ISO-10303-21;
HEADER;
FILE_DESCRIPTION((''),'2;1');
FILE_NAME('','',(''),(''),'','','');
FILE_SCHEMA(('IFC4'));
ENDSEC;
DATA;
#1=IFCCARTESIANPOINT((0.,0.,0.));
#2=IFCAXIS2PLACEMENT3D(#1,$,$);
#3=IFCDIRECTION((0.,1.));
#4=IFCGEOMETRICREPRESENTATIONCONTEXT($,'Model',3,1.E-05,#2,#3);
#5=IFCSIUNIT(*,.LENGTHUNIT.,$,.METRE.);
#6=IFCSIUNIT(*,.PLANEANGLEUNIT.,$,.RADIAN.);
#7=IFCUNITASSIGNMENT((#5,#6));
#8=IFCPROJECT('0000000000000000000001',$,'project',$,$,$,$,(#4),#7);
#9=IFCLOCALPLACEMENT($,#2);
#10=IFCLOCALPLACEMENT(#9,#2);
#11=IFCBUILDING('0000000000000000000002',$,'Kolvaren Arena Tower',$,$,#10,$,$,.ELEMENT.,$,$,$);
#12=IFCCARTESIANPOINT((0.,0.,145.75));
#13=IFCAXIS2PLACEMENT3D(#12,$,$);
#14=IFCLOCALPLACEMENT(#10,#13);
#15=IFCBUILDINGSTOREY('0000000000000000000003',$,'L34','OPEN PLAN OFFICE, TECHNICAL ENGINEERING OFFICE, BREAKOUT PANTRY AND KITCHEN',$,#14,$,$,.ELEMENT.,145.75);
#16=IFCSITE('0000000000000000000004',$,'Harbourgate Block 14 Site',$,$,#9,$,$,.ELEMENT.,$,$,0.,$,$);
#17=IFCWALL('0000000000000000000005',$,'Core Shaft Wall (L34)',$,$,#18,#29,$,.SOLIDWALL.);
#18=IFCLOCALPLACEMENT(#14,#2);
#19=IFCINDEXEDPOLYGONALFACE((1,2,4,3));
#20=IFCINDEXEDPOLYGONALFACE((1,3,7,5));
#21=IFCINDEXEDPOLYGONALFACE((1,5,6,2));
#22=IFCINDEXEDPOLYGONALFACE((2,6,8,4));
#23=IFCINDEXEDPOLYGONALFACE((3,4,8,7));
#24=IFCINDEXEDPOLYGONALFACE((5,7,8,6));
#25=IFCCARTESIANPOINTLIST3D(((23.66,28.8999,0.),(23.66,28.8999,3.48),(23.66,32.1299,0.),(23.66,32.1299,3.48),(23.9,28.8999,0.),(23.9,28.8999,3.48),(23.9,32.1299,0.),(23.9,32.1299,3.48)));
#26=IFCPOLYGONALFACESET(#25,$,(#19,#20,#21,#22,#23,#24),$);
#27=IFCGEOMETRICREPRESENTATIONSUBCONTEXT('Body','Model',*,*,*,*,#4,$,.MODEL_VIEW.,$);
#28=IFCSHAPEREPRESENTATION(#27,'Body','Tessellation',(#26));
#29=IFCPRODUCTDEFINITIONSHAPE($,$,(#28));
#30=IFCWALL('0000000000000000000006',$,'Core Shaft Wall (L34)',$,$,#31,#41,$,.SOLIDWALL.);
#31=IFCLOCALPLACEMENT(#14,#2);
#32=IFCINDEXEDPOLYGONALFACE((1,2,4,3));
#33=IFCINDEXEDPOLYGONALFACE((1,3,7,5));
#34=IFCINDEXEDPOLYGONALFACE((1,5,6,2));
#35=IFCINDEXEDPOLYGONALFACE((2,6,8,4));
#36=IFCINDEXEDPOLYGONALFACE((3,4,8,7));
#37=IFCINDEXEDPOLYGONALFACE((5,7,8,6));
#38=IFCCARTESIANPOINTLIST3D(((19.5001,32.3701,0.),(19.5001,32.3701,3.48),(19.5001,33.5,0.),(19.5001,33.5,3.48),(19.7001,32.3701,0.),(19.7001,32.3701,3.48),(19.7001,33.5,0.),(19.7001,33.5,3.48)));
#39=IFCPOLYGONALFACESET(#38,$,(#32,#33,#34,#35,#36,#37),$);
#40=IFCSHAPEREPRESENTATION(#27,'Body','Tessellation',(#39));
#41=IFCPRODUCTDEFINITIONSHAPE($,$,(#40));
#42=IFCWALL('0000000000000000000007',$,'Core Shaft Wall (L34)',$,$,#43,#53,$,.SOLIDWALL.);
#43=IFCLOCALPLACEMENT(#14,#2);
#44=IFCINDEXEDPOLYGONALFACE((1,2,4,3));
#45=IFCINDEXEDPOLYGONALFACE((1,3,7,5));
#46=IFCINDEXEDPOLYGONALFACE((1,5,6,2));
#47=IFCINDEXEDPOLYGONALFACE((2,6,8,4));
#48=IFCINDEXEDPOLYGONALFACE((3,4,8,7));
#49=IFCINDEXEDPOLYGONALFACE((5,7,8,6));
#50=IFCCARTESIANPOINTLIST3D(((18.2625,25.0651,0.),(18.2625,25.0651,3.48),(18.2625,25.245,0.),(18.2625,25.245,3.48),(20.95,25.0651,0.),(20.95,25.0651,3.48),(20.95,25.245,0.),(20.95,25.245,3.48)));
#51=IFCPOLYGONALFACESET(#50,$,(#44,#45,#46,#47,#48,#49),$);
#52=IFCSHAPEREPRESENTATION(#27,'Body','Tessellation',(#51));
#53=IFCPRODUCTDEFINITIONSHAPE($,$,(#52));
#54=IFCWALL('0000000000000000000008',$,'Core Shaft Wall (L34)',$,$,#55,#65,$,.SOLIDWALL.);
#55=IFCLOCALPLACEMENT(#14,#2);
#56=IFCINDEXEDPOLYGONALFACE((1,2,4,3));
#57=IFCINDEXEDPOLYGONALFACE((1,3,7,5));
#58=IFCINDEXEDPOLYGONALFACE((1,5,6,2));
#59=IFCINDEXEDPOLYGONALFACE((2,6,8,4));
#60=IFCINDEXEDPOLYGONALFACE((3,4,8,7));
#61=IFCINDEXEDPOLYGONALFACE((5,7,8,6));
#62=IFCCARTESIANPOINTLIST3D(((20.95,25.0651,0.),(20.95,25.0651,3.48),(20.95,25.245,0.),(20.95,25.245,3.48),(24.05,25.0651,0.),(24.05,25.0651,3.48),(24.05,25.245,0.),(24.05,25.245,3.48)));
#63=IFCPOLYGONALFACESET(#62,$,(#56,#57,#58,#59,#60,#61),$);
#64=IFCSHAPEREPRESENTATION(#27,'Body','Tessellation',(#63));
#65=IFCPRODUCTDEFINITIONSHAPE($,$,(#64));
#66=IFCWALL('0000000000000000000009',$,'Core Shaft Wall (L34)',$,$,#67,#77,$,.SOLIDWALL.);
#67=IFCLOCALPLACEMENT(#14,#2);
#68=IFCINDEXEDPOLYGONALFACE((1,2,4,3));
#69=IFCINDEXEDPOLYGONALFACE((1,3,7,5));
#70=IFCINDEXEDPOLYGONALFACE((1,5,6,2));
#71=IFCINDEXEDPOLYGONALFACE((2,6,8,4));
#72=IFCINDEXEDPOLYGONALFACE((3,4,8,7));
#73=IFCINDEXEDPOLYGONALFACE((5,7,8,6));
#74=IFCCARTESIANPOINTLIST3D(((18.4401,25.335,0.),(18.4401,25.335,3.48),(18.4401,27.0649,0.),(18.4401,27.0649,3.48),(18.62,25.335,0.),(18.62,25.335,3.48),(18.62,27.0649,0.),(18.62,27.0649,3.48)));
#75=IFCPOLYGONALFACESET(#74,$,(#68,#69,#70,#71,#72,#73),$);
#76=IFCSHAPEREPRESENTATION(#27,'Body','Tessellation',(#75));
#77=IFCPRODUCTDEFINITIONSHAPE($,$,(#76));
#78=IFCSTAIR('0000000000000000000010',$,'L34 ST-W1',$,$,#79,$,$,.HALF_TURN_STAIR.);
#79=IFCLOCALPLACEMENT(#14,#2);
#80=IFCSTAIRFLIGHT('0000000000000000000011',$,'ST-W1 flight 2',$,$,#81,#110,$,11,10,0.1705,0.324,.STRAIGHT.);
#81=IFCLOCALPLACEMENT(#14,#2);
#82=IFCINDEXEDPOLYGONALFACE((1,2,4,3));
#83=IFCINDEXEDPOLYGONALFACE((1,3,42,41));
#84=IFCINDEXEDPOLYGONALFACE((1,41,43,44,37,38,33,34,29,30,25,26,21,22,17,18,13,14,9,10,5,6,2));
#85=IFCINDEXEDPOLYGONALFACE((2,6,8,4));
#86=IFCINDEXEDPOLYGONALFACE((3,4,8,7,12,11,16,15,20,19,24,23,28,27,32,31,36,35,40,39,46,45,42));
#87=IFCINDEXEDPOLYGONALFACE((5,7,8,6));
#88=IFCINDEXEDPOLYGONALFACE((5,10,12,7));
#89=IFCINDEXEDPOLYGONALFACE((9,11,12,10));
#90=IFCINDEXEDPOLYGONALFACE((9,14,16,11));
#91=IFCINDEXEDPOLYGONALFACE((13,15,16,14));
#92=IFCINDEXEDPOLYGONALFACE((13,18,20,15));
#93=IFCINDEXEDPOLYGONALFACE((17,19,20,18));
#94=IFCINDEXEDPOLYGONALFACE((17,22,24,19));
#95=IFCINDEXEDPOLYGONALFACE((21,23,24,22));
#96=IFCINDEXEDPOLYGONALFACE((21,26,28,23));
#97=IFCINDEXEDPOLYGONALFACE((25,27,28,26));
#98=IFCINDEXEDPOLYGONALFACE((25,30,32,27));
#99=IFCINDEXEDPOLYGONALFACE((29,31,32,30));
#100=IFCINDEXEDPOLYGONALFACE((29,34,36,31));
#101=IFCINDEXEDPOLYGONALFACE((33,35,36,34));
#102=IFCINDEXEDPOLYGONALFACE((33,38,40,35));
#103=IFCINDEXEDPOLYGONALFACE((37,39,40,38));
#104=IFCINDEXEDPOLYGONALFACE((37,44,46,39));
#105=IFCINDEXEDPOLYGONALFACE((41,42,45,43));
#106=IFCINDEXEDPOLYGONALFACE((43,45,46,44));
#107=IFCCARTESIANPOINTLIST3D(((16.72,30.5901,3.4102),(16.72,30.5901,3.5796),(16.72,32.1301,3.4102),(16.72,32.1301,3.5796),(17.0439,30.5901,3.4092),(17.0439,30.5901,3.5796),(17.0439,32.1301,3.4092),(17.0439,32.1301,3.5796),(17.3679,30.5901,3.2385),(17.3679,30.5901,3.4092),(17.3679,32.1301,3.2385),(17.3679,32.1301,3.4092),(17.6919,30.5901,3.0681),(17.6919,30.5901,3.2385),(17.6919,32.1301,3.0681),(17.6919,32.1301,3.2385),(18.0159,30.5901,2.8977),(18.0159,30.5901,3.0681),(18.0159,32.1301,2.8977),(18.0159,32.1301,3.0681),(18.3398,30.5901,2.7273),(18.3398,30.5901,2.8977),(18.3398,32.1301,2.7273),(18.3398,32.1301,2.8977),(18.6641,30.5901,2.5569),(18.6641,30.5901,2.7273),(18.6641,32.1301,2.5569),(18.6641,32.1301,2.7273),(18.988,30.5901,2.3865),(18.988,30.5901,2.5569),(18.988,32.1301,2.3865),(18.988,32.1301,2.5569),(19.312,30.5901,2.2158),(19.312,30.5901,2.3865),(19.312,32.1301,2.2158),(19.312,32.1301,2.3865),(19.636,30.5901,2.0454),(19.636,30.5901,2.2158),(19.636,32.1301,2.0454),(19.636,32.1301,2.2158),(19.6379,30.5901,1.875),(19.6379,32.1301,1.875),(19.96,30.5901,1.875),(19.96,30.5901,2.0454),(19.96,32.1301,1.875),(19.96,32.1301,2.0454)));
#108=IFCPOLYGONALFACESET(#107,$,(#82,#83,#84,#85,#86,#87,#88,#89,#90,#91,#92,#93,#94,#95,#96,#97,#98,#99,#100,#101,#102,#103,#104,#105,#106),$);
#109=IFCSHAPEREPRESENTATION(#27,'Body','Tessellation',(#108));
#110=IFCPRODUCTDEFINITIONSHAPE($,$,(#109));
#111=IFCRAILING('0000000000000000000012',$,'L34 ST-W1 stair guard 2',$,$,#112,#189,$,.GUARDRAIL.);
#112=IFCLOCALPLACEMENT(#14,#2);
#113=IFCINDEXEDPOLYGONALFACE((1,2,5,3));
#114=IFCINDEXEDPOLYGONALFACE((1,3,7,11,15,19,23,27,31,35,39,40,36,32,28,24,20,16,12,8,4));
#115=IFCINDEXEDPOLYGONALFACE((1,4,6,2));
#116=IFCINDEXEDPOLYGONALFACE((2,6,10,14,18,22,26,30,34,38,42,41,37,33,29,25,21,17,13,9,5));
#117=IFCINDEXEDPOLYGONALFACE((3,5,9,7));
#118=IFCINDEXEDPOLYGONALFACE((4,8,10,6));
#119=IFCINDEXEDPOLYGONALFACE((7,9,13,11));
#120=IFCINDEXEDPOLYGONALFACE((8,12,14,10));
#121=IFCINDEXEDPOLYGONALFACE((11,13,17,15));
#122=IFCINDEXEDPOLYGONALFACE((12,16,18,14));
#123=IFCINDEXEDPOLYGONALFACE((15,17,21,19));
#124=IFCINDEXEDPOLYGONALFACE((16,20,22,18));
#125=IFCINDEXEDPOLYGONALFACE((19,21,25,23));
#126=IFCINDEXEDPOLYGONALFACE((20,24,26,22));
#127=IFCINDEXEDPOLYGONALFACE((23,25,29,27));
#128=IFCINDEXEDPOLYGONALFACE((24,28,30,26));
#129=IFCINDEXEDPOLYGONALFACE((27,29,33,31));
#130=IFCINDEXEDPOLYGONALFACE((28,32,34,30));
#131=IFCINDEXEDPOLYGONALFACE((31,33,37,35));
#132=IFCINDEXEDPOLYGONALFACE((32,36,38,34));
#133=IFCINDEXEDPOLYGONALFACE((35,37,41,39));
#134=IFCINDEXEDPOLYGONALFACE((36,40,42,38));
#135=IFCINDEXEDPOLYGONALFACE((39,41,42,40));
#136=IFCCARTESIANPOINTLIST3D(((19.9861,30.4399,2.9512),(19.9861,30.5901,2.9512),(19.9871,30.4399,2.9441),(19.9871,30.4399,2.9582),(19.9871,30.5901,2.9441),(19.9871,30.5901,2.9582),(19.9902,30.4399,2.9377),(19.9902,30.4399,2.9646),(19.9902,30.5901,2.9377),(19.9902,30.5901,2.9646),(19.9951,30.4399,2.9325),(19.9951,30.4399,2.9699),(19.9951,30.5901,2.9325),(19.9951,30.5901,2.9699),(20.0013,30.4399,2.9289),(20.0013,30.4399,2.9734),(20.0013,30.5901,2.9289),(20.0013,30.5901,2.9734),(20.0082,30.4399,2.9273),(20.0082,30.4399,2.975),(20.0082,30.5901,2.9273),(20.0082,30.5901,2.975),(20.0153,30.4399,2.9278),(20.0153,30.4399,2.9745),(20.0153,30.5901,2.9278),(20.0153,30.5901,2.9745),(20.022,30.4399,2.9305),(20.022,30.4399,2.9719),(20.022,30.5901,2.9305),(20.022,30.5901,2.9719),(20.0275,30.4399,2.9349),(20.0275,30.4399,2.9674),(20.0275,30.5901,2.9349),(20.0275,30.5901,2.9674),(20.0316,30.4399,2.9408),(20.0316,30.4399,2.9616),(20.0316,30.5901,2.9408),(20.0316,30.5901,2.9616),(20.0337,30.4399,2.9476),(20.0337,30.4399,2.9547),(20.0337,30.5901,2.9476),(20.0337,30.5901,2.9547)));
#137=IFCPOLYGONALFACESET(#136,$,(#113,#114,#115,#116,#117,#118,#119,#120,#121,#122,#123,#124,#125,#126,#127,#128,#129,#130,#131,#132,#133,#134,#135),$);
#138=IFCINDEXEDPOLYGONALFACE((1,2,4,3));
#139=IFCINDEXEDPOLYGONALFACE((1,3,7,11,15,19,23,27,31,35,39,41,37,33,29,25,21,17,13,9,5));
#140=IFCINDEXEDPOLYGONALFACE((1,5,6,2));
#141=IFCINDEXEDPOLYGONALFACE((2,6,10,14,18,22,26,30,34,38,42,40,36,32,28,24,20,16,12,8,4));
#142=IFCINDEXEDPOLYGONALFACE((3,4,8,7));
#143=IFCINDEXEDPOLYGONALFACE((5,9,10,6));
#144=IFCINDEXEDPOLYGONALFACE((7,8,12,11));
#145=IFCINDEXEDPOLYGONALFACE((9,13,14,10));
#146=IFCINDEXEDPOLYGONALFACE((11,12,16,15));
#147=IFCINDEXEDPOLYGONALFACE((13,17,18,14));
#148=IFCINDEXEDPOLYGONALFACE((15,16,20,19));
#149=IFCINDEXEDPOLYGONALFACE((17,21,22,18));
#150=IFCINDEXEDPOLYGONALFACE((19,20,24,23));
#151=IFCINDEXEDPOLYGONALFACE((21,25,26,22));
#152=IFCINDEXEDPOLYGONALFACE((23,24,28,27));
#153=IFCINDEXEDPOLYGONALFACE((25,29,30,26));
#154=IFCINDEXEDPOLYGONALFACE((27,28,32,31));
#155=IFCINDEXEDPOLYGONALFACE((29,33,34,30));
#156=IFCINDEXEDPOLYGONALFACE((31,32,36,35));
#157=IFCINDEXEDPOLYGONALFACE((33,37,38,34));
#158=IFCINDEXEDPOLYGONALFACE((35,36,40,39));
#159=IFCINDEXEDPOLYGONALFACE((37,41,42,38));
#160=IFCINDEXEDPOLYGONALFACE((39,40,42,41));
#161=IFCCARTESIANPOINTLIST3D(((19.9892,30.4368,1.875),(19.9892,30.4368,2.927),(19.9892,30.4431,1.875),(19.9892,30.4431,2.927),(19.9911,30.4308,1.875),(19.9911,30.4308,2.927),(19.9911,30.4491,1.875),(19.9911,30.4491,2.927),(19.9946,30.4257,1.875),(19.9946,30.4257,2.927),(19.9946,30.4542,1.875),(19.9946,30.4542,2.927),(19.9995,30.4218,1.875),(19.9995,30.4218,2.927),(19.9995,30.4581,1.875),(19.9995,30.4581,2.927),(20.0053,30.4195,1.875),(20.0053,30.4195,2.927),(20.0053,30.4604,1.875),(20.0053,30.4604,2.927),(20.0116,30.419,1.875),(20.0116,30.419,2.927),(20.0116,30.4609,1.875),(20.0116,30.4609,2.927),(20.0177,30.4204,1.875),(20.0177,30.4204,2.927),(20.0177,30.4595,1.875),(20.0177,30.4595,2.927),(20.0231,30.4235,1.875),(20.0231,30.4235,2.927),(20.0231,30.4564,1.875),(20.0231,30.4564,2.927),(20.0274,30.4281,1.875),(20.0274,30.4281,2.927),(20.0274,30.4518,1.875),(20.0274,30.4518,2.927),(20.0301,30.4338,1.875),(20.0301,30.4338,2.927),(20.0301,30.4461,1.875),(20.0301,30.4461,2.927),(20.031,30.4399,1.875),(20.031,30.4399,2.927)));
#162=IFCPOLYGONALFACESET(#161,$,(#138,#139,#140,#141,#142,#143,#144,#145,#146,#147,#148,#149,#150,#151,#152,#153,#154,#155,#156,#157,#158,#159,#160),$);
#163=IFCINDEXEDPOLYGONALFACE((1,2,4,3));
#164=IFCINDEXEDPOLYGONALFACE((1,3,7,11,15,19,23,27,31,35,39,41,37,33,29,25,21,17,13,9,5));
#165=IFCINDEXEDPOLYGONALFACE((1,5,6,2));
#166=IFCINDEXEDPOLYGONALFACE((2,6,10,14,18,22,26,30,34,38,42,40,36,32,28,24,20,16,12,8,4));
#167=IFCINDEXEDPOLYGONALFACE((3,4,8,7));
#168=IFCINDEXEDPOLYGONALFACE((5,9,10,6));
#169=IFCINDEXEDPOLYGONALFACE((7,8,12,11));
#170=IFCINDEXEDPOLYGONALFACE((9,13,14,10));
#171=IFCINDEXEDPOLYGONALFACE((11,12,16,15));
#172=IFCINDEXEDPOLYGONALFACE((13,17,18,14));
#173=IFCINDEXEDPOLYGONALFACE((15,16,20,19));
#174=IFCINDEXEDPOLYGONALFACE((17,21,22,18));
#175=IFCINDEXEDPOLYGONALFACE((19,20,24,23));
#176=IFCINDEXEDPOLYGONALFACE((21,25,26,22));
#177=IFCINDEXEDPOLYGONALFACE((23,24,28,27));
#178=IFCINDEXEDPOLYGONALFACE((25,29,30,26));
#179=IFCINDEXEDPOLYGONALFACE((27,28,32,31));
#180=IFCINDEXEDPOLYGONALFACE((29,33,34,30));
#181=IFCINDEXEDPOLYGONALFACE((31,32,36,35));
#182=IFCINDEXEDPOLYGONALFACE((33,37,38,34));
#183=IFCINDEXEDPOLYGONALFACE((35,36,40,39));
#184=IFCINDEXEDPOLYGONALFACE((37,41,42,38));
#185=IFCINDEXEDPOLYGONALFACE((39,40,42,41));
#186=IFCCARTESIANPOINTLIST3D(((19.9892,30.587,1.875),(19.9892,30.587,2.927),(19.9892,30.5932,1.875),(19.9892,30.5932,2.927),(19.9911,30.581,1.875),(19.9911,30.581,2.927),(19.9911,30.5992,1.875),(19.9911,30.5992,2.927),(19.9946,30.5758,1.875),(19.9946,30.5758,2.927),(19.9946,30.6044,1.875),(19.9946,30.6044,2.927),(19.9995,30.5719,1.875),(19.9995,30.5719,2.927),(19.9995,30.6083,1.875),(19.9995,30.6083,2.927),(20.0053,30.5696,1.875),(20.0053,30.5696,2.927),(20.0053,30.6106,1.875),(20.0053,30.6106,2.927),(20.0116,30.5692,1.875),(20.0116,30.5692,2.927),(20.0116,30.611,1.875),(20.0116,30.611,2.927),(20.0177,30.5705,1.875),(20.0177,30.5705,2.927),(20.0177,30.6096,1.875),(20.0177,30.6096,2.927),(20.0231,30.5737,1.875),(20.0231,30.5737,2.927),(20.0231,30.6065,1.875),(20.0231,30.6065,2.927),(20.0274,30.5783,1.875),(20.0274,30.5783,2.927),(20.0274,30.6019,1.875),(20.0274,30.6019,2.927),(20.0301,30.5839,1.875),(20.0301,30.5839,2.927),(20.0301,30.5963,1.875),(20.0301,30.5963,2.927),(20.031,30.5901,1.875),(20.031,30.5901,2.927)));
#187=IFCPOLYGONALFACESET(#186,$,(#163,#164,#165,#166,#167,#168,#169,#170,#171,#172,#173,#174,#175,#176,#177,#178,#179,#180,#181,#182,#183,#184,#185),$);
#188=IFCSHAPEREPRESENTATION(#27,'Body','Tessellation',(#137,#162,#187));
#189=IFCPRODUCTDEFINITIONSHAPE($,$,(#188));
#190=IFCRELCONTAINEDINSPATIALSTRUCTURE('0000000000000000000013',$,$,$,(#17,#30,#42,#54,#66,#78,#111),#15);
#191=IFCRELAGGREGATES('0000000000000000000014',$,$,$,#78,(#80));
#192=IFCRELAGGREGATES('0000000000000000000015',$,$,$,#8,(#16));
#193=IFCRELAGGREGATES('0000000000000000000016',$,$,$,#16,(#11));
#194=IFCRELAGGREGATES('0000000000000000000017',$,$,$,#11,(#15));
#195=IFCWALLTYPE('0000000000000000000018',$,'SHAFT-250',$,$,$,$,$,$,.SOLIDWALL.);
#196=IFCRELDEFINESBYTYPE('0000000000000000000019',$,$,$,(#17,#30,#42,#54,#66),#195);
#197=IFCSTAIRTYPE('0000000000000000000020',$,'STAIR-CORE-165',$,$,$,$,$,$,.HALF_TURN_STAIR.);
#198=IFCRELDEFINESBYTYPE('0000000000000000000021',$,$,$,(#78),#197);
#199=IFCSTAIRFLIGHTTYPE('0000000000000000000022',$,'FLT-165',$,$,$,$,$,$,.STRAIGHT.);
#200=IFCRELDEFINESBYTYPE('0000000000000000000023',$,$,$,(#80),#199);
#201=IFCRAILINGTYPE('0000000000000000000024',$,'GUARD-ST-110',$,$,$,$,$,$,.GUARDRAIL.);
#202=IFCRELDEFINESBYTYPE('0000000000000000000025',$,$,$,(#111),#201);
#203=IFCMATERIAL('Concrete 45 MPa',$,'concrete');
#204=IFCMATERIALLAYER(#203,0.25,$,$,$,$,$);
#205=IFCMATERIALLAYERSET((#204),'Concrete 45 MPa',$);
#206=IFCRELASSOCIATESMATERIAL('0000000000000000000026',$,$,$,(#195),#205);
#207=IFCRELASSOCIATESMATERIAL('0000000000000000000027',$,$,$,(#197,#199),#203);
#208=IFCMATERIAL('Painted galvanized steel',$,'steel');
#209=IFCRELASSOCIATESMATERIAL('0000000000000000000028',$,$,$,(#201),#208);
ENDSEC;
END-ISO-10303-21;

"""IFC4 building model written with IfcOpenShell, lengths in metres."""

from ifc_helpers import new_model, si_unit, direction, frame, frame_2d, origin, origin_2d, place, context, subcontext, project, spatial, polyline, rectangle, circle, outline, extrude, material, layer, layer_set, type_object, element, aggregate, save


model = new_model("IFC4")

# Units and contexts
model_context = context("Model", 3, precision=1e-05, world=origin(), true_north=direction((0.0, 1.0)))
body_context = subcontext(model_context, "Body", "Model", "MODEL_VIEW")
ifc_project = project(units=[si_unit("LENGTHUNIT", "METRE"), si_unit("PLANEANGLEUNIT", "RADIAN")], contexts=[model_context])

# Site, building, storey
site_placement = place(None, origin())
site = spatial("IfcSite", under=ifc_project, at=site_placement, Name="Harbourgate Block 14 Site", CompositionType="ELEMENT", RefElevation=0.0)
building_placement = place(site_placement, origin())
building = spatial("IfcBuilding", under=site, at=building_placement, Name="Kolvaren Arena Tower", CompositionType="ELEMENT")
storey_placement = place(building_placement, frame((0.0, 0.0, 145.75)))
storey = spatial("IfcBuildingStorey", under=building, at=storey_placement, Name="L34", Description="OPEN PLAN OFFICE, TECHNICAL ENGINEERING OFFICE, BREAKOUT PANTRY AND KITCHEN", CompositionType="ELEMENT", Elevation=145.75)

# Shared definitions
ifc_material_1 = material(Name="Concrete 45 MPa", Category="concrete")
ifc_layer_1 = layer(ifc_material_1, 0.25)
ifc_layer_set_1 = layer_set([ifc_layer_1], Name="Concrete 45 MPa")
wall_type_1 = type_object("IfcWallType", Name="SHAFT-250", PredefinedType="SOLIDWALL", material=ifc_layer_set_1)

# Walls
wall_1_placement = place(storey_placement, frame((23.78, 28.8999, 0.0), z_axis=(0.0, 0.0, 1.0), x_axis=(0.0, 1.0, 0.0)))
element("IfcWall", 1, at=wall_1_placement, inside=storey, type_object=wall_type_1, Name="Core Shaft Wall (L34)", PredefinedType="SOLIDWALL", context=body_context, shape_type="SweptSolid", body=[
    extrude(rectangle(XDim=3.23, YDim=0.24, at=frame_2d((1.615, 0.0))), origin(), (0.0, 0.0, 1.0), 3.48),
])
wall_2_placement = place(storey_placement, frame((19.6001, 32.3701, 0.0), z_axis=(0.0, 0.0, 1.0), x_axis=(0.0, 1.0, 0.0)))
element("IfcWall", 2, at=wall_2_placement, inside=storey, type_object=wall_type_1, Name="Core Shaft Wall (L34)", PredefinedType="SOLIDWALL", context=body_context, shape_type="SweptSolid", body=[
    extrude(rectangle(XDim=1.1299, YDim=0.2, at=frame_2d((0.5649, 0.0))), origin(), (0.0, 0.0, 1.0), 3.48),
])
wall_3_placement = place(storey_placement, frame((18.2625, 25.155, 0.0), z_axis=(0.0, 0.0, 1.0), x_axis=(1.0, 0.0, 0.0)))
element("IfcWall", 3, at=wall_3_placement, inside=storey, type_object=wall_type_1, Name="Core Shaft Wall (L34)", PredefinedType="SOLIDWALL", context=body_context, shape_type="SweptSolid", body=[
    extrude(rectangle(XDim=2.6875, YDim=0.1799, at=frame_2d((1.3438, 0.0))), origin(), (0.0, 0.0, 1.0), 3.48),
])
wall_4_placement = place(storey_placement, frame((20.95, 25.155, 0.0), z_axis=(0.0, 0.0, 1.0), x_axis=(1.0, 0.0, 0.0)))
element("IfcWall", 4, at=wall_4_placement, inside=storey, type_object=wall_type_1, Name="Core Shaft Wall (L34)", PredefinedType="SOLIDWALL", context=body_context, shape_type="SweptSolid", body=[
    extrude(rectangle(XDim=3.1001, YDim=0.1799, at=frame_2d((1.55, 0.0))), origin(), (0.0, 0.0, 1.0), 3.48),
])
wall_5_placement = place(storey_placement, frame((18.53, 25.335, 0.0), z_axis=(0.0, 0.0, 1.0), x_axis=(0.0, 1.0, 0.0)))
element("IfcWall", 5, at=wall_5_placement, inside=storey, type_object=wall_type_1, Name="Core Shaft Wall (L34)", PredefinedType="SOLIDWALL", context=body_context, shape_type="SweptSolid", body=[
    extrude(rectangle(XDim=1.73, YDim=0.1799, at=frame_2d((0.865, 0.0))), origin(), (0.0, 0.0, 1.0), 3.48),
])

# Stair, stair flight
stair_type = type_object("IfcStairType", Name="STAIR-CORE-165", PredefinedType="HALF_TURN_STAIR", material=ifc_material_1)
stair_placement = place(storey_placement, origin())
stair = element("IfcStair", 6, at=stair_placement, inside=storey, type_object=stair_type, Name="L34 ST-W1", PredefinedType="HALF_TURN_STAIR")
stair_flight_type = type_object("IfcStairFlightType", Name="FLT-165", PredefinedType="STRAIGHT", material=ifc_material_1)
stair_flight_placement = place(storey_placement, frame((19.96, 31.3601, 1.875), z_axis=(0.0, 0.0, 1.0), x_axis=(-1.0, 0.0, 0.0)))
stair_flight = element("IfcStairFlight", 7, at=stair_flight_placement, type_object=stair_flight_type, Name="ST-W1 flight 2", NumberOfRisers=11, NumberOfTreads=10, PredefinedType="STRAIGHT", RiserHeight=0.1705, TreadLength=0.324, context=body_context, shape_type="SweptSolid", body=[
    extrude(outline(polyline([(0.0, 0.0), (0.0, 0.1704), (0.324, 0.1704), (0.324, 0.3408), (0.6479, 0.3408), (0.6479, 0.5115), (0.9719, 0.5115), (0.9719, 0.6819), (1.2959, 0.6819), (1.2959, 0.8523), (1.6201, 0.8523), (1.6201, 1.0227), (1.9441, 1.0227), (1.9441, 1.1931), (2.2681, 1.1931), (2.2681, 1.3635), (2.592, 1.3635), (2.592, 1.5342), (2.916, 1.5342), (2.916, 1.7046), (3.24, 1.7046), (3.24, 1.875), (3.24, 1.5352), (0.322, 0.0), (0.0, 0.0)])), frame((0.0, 0.77, 0.0), z_axis=(0.0, -1.0, 0.0), x_axis=(1.0, 0.0, 0.0)), (0.0, 0.0, 1.0), 1.54),
])
aggregate(stair, [stair_flight])

# Railing
ifc_material_2 = material(Name="Painted galvanized steel", Category="steel")
railing_type_1 = type_object("IfcRailingType", Name="GUARD-ST-110", PredefinedType="GUARDRAIL", material=ifc_material_2)
railing_1_placement = place(storey_placement, frame((20.01, 30.4399, 1.875)))
element("IfcRailing", 8, at=railing_1_placement, inside=storey, type_object=railing_type_1, Name="L34 ST-W1 stair guard 2", PredefinedType="GUARDRAIL", context=body_context, shape_type="SweptSolid", body=[
    extrude(circle(Radius=0.0239, at=origin_2d()), frame((0.0, 0.0, 1.0762), z_axis=(0.0, 1.0, 0.0), x_axis=(-1.0, 0.0, 0.0)), (0.0, 0.0, 1.0), 0.1501),
    extrude(circle(Radius=0.021, at=origin_2d()), origin(), (0.0, 0.0, 1.0), 1.052),
    extrude(circle(Radius=0.021, at=origin_2d()), frame((0.0, 0.1501, 0.0)), (0.0, 0.0, 1.0), 1.052),
])

save(model, "model.ifc")
